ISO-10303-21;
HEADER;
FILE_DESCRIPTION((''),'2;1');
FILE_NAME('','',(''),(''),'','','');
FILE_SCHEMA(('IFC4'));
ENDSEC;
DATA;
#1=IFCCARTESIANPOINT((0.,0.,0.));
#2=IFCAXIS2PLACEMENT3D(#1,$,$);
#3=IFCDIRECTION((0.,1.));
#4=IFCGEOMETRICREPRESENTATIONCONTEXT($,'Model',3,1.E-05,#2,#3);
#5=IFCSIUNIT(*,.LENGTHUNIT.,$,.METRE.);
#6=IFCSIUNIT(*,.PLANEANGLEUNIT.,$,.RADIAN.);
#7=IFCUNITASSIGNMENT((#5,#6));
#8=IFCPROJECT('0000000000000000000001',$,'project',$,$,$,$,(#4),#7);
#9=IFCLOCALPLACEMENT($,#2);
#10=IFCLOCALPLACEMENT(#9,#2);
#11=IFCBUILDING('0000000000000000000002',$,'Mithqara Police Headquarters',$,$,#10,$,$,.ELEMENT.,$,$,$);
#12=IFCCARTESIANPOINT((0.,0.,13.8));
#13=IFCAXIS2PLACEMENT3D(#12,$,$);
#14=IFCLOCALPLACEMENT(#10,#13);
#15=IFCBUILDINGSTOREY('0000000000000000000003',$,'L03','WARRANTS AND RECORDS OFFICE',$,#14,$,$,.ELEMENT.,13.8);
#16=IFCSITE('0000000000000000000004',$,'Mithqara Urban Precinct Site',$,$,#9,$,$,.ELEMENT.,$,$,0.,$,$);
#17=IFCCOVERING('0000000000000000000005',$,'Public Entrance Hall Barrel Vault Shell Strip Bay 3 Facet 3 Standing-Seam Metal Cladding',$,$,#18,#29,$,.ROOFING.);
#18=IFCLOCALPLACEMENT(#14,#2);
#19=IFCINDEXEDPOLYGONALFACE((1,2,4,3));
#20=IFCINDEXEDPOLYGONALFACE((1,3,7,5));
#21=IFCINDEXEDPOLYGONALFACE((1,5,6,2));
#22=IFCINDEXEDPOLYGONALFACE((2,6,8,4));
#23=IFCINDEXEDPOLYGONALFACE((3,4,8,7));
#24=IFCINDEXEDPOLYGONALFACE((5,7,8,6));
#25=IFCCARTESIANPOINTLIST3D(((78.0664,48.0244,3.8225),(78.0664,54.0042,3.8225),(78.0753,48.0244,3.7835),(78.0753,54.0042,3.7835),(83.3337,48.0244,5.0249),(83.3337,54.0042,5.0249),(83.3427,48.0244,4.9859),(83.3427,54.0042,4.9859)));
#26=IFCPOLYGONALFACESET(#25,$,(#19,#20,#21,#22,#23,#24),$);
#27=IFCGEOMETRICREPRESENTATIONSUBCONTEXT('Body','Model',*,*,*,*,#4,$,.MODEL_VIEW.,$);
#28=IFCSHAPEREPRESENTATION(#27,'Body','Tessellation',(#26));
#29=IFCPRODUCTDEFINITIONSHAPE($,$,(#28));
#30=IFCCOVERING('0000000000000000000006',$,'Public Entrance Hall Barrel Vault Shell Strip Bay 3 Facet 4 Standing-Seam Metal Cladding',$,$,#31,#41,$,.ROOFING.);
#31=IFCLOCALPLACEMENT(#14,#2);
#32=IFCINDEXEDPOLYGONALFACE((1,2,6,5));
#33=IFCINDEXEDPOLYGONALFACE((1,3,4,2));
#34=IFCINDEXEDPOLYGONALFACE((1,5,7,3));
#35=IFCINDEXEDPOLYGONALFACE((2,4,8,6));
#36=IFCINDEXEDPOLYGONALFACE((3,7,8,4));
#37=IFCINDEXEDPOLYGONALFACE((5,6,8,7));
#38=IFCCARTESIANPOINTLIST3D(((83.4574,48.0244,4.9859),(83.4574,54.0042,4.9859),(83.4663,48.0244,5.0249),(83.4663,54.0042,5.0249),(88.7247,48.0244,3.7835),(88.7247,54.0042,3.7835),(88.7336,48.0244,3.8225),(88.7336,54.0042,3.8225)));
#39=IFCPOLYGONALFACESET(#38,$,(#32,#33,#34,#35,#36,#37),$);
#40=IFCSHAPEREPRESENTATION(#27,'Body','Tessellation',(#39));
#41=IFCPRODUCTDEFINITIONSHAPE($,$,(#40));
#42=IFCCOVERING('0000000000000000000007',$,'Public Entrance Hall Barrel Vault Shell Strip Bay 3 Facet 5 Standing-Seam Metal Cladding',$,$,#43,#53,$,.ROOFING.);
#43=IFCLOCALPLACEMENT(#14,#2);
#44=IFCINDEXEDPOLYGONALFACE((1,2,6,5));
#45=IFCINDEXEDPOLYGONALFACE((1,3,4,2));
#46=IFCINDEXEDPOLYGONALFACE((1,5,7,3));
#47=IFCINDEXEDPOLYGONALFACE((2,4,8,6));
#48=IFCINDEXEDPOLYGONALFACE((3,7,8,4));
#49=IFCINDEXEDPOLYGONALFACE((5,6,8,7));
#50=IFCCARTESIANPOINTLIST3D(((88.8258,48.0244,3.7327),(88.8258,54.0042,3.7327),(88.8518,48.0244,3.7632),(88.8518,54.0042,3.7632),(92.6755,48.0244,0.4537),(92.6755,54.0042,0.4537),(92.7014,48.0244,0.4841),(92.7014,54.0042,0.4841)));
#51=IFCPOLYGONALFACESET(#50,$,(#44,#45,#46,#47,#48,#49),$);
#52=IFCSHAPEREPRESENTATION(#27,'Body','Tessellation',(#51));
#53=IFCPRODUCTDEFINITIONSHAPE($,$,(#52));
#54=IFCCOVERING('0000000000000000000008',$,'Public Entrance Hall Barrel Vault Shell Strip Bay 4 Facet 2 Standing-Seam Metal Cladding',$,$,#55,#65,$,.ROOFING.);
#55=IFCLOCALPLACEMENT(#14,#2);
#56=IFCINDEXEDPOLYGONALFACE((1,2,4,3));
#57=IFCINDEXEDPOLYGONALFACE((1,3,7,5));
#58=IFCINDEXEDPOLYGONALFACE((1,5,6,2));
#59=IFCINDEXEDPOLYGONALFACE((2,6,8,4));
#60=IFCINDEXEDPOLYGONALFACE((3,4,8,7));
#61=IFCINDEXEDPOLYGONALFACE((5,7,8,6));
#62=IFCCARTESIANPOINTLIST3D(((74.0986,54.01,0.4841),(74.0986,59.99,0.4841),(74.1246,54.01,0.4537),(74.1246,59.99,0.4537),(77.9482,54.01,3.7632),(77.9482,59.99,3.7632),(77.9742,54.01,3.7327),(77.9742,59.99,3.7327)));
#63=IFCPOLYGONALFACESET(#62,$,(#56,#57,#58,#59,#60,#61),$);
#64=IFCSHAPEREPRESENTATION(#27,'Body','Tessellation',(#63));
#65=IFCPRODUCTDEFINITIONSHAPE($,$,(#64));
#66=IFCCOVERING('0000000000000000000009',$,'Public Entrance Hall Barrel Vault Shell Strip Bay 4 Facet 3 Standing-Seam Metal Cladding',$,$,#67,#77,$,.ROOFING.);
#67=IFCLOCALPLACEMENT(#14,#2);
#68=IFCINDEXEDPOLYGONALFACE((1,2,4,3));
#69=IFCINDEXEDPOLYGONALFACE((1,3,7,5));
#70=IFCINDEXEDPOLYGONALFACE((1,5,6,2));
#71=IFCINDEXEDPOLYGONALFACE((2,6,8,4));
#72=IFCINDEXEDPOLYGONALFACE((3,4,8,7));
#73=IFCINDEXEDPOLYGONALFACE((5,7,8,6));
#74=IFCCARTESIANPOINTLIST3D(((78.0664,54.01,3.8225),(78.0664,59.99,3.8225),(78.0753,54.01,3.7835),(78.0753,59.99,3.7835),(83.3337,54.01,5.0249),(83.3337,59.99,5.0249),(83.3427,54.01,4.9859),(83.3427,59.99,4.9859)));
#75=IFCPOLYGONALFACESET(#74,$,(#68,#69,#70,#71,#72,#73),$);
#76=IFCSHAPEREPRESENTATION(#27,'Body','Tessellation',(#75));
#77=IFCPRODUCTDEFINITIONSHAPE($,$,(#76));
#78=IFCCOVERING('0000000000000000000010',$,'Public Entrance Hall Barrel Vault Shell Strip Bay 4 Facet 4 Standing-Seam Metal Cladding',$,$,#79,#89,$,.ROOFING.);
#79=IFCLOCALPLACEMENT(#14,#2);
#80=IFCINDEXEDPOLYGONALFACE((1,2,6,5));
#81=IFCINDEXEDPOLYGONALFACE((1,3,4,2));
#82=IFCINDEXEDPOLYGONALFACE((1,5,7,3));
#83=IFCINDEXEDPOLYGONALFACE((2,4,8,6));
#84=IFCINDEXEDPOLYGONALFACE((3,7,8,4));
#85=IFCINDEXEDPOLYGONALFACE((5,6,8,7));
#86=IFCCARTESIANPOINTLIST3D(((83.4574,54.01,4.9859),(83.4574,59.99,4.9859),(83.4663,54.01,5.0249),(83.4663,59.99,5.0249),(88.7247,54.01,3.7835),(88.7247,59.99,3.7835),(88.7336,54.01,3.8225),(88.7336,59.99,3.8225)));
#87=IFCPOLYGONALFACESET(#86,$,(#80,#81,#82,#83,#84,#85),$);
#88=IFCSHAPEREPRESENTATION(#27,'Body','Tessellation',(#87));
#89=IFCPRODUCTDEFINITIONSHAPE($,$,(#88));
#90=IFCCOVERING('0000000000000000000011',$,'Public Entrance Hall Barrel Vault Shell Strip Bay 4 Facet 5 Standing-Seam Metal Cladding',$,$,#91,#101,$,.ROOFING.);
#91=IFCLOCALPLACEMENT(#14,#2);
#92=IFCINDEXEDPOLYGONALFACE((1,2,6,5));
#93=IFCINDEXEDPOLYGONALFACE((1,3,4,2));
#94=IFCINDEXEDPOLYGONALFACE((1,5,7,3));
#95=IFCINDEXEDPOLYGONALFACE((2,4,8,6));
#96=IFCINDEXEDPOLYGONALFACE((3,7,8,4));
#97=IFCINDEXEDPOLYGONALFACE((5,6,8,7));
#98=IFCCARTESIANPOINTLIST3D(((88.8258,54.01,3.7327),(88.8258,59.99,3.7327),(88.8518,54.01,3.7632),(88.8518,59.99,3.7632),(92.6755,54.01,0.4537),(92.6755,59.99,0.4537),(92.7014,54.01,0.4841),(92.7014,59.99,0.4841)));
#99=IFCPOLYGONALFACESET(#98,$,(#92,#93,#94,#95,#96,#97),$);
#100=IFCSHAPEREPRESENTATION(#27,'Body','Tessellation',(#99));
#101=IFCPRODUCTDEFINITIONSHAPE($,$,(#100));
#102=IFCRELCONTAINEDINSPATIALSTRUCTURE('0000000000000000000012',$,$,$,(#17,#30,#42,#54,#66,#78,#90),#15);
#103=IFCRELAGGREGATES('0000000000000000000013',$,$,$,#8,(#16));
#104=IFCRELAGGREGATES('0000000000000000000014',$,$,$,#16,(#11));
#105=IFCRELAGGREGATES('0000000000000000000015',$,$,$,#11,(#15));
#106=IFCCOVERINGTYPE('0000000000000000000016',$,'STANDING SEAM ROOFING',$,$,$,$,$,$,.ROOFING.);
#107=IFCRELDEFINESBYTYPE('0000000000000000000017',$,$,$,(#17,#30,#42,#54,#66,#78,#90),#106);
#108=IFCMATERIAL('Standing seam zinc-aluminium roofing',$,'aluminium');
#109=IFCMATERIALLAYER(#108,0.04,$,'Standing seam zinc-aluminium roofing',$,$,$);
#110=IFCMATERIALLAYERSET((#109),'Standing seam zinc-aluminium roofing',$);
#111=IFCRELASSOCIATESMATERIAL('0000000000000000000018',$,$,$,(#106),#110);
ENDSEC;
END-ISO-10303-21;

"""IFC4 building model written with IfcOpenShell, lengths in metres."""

from ifc_helpers import new_model, si_unit, direction, frame, origin, place, context, subcontext, project, spatial, polyline, outline, extrude, material, layer, layer_set, type_object, element, save


model = new_model("IFC4")

# Units and contexts
model_context = context("Model", 3, precision=1e-05, world=origin(), true_north=direction((0.0, 1.0)))
body_context = subcontext(model_context, "Body", "Model", "MODEL_VIEW")
ifc_project = project(units=[si_unit("LENGTHUNIT", "METRE"), si_unit("PLANEANGLEUNIT", "RADIAN")], contexts=[model_context])

# Site, building, storey
site_placement = place(None, origin())
site = spatial("IfcSite", under=ifc_project, at=site_placement, Name="Mithqara Urban Precinct Site", CompositionType="ELEMENT", RefElevation=0.0)
building_placement = place(site_placement, origin())
building = spatial("IfcBuilding", under=site, at=building_placement, Name="Mithqara Police Headquarters", CompositionType="ELEMENT")
storey_placement = place(building_placement, frame((0.0, 0.0, 13.8)))
storey = spatial("IfcBuildingStorey", under=building, at=storey_placement, Name="L03", Description="WARRANTS AND RECORDS OFFICE", CompositionType="ELEMENT", Elevation=13.8)

# Coverings
ifc_material_1 = material(Name="Standing seam zinc-aluminium roofing", Category="aluminium")
ifc_layer_1 = layer(ifc_material_1, 0.04, Name="Standing seam zinc-aluminium roofing")
ifc_layer_set_1 = layer_set([ifc_layer_1], Name="Standing seam zinc-aluminium roofing")
covering_type_1 = type_object("IfcCoveringType", Name="STANDING SEAM ROOFING", PredefinedType="ROOFING", material=ifc_layer_set_1)
for number, where, z_axis, x_axis, name in (
    (1, (78.0664, 48.0244, 3.8225), (-0.222549, 0.0, 0.974922), (0.974922, 0.0, 0.222549), "Public Entrance Hall Barrel Vault Shell Strip Bay 3 Facet 3 Standing-Seam Metal Cladding"),
    (2, (83.4663, 48.0244, 5.0249), (0.222549, 0.0, 0.974922), (0.974922, 0.0, -0.222549), "Public Entrance Hall Barrel Vault Shell Strip Bay 3 Facet 4 Standing-Seam Metal Cladding"),
):
    element("IfcCovering", number, at=place(storey_placement, frame(where, z_axis=z_axis, x_axis=x_axis)), inside=storey, type_object=covering_type_1, Name=name, PredefinedType="ROOFING", context=body_context, shape_type="SweptSolid", body=[
        extrude(outline(polyline([(0.0, 0.0), (5.4028, 0.0), (5.4028, 5.9797), (0.0, 5.9797), (0.0, 0.0)])), origin(), (0.0, 0.0, -1.0), 0.04),
    ])
covering_1_placement = place(storey_placement, frame((88.8518, 48.0244, 3.7632), z_axis=(0.648438, 0.0, 0.761267), x_axis=(0.761267, 0.0, -0.648438)))
element("IfcCovering", 3, at=covering_1_placement, inside=storey, type_object=covering_type_1, Name="Public Entrance Hall Barrel Vault Shell Strip Bay 3 Facet 5 Standing-Seam Metal Cladding", PredefinedType="ROOFING", context=body_context, shape_type="SweptSolid", body=[
    extrude(outline(polyline([(0.0, 0.0), (5.0568, 0.0), (5.0568, 5.9797), (0.0, 5.9797), (0.0, 0.0)])), origin(), (0.0, 0.0, -1.0), 0.04),
])
covering_2_placement = place(storey_placement, frame((74.0986, 54.01, 0.4841), z_axis=(-0.648438, 0.0, 0.761267), x_axis=(0.761267, 0.0, 0.648438)))
element("IfcCovering", 4, at=covering_2_placement, inside=storey, type_object=covering_type_1, Name="Public Entrance Hall Barrel Vault Shell Strip Bay 4 Facet 2 Standing-Seam Metal Cladding", PredefinedType="ROOFING", context=body_context, shape_type="SweptSolid", body=[
    extrude(outline(polyline([(0.0, 0.0), (5.0568, 0.0), (5.0568, 5.98), (0.0, 5.98), (0.0, 0.0)])), origin(), (0.0, 0.0, -1.0), 0.04),
])
for number, where, z_axis, x_axis, name in (
    (5, (78.0664, 54.01, 3.8225), (-0.222549, 0.0, 0.974922), (0.974922, 0.0, 0.222549), "Public Entrance Hall Barrel Vault Shell Strip Bay 4 Facet 3 Standing-Seam Metal Cladding"),
    (6, (83.4663, 54.01, 5.0249), (0.222549, 0.0, 0.974922), (0.974922, 0.0, -0.222549), "Public Entrance Hall Barrel Vault Shell Strip Bay 4 Facet 4 Standing-Seam Metal Cladding"),
):
    element("IfcCovering", number, at=place(storey_placement, frame(where, z_axis=z_axis, x_axis=x_axis)), inside=storey, type_object=covering_type_1, Name=name, PredefinedType="ROOFING", context=body_context, shape_type="SweptSolid", body=[
        extrude(outline(polyline([(0.0, 0.0), (5.4028, 0.0), (5.4028, 5.98), (0.0, 5.98), (0.0, 0.0)])), origin(), (0.0, 0.0, -1.0), 0.04),
    ])
covering_3_placement = place(storey_placement, frame((88.8518, 54.01, 3.7632), z_axis=(0.648438, 0.0, 0.761267), x_axis=(0.761267, 0.0, -0.648438)))
element("IfcCovering", 7, at=covering_3_placement, inside=storey, type_object=covering_type_1, Name="Public Entrance Hall Barrel Vault Shell Strip Bay 4 Facet 5 Standing-Seam Metal Cladding", PredefinedType="ROOFING", context=body_context, shape_type="SweptSolid", body=[
    extrude(outline(polyline([(0.0, 0.0), (5.0568, 0.0), (5.0568, 5.98), (0.0, 5.98), (0.0, 0.0)])), origin(), (0.0, 0.0, -1.0), 0.04),
])

save(model, "model.ifc")
